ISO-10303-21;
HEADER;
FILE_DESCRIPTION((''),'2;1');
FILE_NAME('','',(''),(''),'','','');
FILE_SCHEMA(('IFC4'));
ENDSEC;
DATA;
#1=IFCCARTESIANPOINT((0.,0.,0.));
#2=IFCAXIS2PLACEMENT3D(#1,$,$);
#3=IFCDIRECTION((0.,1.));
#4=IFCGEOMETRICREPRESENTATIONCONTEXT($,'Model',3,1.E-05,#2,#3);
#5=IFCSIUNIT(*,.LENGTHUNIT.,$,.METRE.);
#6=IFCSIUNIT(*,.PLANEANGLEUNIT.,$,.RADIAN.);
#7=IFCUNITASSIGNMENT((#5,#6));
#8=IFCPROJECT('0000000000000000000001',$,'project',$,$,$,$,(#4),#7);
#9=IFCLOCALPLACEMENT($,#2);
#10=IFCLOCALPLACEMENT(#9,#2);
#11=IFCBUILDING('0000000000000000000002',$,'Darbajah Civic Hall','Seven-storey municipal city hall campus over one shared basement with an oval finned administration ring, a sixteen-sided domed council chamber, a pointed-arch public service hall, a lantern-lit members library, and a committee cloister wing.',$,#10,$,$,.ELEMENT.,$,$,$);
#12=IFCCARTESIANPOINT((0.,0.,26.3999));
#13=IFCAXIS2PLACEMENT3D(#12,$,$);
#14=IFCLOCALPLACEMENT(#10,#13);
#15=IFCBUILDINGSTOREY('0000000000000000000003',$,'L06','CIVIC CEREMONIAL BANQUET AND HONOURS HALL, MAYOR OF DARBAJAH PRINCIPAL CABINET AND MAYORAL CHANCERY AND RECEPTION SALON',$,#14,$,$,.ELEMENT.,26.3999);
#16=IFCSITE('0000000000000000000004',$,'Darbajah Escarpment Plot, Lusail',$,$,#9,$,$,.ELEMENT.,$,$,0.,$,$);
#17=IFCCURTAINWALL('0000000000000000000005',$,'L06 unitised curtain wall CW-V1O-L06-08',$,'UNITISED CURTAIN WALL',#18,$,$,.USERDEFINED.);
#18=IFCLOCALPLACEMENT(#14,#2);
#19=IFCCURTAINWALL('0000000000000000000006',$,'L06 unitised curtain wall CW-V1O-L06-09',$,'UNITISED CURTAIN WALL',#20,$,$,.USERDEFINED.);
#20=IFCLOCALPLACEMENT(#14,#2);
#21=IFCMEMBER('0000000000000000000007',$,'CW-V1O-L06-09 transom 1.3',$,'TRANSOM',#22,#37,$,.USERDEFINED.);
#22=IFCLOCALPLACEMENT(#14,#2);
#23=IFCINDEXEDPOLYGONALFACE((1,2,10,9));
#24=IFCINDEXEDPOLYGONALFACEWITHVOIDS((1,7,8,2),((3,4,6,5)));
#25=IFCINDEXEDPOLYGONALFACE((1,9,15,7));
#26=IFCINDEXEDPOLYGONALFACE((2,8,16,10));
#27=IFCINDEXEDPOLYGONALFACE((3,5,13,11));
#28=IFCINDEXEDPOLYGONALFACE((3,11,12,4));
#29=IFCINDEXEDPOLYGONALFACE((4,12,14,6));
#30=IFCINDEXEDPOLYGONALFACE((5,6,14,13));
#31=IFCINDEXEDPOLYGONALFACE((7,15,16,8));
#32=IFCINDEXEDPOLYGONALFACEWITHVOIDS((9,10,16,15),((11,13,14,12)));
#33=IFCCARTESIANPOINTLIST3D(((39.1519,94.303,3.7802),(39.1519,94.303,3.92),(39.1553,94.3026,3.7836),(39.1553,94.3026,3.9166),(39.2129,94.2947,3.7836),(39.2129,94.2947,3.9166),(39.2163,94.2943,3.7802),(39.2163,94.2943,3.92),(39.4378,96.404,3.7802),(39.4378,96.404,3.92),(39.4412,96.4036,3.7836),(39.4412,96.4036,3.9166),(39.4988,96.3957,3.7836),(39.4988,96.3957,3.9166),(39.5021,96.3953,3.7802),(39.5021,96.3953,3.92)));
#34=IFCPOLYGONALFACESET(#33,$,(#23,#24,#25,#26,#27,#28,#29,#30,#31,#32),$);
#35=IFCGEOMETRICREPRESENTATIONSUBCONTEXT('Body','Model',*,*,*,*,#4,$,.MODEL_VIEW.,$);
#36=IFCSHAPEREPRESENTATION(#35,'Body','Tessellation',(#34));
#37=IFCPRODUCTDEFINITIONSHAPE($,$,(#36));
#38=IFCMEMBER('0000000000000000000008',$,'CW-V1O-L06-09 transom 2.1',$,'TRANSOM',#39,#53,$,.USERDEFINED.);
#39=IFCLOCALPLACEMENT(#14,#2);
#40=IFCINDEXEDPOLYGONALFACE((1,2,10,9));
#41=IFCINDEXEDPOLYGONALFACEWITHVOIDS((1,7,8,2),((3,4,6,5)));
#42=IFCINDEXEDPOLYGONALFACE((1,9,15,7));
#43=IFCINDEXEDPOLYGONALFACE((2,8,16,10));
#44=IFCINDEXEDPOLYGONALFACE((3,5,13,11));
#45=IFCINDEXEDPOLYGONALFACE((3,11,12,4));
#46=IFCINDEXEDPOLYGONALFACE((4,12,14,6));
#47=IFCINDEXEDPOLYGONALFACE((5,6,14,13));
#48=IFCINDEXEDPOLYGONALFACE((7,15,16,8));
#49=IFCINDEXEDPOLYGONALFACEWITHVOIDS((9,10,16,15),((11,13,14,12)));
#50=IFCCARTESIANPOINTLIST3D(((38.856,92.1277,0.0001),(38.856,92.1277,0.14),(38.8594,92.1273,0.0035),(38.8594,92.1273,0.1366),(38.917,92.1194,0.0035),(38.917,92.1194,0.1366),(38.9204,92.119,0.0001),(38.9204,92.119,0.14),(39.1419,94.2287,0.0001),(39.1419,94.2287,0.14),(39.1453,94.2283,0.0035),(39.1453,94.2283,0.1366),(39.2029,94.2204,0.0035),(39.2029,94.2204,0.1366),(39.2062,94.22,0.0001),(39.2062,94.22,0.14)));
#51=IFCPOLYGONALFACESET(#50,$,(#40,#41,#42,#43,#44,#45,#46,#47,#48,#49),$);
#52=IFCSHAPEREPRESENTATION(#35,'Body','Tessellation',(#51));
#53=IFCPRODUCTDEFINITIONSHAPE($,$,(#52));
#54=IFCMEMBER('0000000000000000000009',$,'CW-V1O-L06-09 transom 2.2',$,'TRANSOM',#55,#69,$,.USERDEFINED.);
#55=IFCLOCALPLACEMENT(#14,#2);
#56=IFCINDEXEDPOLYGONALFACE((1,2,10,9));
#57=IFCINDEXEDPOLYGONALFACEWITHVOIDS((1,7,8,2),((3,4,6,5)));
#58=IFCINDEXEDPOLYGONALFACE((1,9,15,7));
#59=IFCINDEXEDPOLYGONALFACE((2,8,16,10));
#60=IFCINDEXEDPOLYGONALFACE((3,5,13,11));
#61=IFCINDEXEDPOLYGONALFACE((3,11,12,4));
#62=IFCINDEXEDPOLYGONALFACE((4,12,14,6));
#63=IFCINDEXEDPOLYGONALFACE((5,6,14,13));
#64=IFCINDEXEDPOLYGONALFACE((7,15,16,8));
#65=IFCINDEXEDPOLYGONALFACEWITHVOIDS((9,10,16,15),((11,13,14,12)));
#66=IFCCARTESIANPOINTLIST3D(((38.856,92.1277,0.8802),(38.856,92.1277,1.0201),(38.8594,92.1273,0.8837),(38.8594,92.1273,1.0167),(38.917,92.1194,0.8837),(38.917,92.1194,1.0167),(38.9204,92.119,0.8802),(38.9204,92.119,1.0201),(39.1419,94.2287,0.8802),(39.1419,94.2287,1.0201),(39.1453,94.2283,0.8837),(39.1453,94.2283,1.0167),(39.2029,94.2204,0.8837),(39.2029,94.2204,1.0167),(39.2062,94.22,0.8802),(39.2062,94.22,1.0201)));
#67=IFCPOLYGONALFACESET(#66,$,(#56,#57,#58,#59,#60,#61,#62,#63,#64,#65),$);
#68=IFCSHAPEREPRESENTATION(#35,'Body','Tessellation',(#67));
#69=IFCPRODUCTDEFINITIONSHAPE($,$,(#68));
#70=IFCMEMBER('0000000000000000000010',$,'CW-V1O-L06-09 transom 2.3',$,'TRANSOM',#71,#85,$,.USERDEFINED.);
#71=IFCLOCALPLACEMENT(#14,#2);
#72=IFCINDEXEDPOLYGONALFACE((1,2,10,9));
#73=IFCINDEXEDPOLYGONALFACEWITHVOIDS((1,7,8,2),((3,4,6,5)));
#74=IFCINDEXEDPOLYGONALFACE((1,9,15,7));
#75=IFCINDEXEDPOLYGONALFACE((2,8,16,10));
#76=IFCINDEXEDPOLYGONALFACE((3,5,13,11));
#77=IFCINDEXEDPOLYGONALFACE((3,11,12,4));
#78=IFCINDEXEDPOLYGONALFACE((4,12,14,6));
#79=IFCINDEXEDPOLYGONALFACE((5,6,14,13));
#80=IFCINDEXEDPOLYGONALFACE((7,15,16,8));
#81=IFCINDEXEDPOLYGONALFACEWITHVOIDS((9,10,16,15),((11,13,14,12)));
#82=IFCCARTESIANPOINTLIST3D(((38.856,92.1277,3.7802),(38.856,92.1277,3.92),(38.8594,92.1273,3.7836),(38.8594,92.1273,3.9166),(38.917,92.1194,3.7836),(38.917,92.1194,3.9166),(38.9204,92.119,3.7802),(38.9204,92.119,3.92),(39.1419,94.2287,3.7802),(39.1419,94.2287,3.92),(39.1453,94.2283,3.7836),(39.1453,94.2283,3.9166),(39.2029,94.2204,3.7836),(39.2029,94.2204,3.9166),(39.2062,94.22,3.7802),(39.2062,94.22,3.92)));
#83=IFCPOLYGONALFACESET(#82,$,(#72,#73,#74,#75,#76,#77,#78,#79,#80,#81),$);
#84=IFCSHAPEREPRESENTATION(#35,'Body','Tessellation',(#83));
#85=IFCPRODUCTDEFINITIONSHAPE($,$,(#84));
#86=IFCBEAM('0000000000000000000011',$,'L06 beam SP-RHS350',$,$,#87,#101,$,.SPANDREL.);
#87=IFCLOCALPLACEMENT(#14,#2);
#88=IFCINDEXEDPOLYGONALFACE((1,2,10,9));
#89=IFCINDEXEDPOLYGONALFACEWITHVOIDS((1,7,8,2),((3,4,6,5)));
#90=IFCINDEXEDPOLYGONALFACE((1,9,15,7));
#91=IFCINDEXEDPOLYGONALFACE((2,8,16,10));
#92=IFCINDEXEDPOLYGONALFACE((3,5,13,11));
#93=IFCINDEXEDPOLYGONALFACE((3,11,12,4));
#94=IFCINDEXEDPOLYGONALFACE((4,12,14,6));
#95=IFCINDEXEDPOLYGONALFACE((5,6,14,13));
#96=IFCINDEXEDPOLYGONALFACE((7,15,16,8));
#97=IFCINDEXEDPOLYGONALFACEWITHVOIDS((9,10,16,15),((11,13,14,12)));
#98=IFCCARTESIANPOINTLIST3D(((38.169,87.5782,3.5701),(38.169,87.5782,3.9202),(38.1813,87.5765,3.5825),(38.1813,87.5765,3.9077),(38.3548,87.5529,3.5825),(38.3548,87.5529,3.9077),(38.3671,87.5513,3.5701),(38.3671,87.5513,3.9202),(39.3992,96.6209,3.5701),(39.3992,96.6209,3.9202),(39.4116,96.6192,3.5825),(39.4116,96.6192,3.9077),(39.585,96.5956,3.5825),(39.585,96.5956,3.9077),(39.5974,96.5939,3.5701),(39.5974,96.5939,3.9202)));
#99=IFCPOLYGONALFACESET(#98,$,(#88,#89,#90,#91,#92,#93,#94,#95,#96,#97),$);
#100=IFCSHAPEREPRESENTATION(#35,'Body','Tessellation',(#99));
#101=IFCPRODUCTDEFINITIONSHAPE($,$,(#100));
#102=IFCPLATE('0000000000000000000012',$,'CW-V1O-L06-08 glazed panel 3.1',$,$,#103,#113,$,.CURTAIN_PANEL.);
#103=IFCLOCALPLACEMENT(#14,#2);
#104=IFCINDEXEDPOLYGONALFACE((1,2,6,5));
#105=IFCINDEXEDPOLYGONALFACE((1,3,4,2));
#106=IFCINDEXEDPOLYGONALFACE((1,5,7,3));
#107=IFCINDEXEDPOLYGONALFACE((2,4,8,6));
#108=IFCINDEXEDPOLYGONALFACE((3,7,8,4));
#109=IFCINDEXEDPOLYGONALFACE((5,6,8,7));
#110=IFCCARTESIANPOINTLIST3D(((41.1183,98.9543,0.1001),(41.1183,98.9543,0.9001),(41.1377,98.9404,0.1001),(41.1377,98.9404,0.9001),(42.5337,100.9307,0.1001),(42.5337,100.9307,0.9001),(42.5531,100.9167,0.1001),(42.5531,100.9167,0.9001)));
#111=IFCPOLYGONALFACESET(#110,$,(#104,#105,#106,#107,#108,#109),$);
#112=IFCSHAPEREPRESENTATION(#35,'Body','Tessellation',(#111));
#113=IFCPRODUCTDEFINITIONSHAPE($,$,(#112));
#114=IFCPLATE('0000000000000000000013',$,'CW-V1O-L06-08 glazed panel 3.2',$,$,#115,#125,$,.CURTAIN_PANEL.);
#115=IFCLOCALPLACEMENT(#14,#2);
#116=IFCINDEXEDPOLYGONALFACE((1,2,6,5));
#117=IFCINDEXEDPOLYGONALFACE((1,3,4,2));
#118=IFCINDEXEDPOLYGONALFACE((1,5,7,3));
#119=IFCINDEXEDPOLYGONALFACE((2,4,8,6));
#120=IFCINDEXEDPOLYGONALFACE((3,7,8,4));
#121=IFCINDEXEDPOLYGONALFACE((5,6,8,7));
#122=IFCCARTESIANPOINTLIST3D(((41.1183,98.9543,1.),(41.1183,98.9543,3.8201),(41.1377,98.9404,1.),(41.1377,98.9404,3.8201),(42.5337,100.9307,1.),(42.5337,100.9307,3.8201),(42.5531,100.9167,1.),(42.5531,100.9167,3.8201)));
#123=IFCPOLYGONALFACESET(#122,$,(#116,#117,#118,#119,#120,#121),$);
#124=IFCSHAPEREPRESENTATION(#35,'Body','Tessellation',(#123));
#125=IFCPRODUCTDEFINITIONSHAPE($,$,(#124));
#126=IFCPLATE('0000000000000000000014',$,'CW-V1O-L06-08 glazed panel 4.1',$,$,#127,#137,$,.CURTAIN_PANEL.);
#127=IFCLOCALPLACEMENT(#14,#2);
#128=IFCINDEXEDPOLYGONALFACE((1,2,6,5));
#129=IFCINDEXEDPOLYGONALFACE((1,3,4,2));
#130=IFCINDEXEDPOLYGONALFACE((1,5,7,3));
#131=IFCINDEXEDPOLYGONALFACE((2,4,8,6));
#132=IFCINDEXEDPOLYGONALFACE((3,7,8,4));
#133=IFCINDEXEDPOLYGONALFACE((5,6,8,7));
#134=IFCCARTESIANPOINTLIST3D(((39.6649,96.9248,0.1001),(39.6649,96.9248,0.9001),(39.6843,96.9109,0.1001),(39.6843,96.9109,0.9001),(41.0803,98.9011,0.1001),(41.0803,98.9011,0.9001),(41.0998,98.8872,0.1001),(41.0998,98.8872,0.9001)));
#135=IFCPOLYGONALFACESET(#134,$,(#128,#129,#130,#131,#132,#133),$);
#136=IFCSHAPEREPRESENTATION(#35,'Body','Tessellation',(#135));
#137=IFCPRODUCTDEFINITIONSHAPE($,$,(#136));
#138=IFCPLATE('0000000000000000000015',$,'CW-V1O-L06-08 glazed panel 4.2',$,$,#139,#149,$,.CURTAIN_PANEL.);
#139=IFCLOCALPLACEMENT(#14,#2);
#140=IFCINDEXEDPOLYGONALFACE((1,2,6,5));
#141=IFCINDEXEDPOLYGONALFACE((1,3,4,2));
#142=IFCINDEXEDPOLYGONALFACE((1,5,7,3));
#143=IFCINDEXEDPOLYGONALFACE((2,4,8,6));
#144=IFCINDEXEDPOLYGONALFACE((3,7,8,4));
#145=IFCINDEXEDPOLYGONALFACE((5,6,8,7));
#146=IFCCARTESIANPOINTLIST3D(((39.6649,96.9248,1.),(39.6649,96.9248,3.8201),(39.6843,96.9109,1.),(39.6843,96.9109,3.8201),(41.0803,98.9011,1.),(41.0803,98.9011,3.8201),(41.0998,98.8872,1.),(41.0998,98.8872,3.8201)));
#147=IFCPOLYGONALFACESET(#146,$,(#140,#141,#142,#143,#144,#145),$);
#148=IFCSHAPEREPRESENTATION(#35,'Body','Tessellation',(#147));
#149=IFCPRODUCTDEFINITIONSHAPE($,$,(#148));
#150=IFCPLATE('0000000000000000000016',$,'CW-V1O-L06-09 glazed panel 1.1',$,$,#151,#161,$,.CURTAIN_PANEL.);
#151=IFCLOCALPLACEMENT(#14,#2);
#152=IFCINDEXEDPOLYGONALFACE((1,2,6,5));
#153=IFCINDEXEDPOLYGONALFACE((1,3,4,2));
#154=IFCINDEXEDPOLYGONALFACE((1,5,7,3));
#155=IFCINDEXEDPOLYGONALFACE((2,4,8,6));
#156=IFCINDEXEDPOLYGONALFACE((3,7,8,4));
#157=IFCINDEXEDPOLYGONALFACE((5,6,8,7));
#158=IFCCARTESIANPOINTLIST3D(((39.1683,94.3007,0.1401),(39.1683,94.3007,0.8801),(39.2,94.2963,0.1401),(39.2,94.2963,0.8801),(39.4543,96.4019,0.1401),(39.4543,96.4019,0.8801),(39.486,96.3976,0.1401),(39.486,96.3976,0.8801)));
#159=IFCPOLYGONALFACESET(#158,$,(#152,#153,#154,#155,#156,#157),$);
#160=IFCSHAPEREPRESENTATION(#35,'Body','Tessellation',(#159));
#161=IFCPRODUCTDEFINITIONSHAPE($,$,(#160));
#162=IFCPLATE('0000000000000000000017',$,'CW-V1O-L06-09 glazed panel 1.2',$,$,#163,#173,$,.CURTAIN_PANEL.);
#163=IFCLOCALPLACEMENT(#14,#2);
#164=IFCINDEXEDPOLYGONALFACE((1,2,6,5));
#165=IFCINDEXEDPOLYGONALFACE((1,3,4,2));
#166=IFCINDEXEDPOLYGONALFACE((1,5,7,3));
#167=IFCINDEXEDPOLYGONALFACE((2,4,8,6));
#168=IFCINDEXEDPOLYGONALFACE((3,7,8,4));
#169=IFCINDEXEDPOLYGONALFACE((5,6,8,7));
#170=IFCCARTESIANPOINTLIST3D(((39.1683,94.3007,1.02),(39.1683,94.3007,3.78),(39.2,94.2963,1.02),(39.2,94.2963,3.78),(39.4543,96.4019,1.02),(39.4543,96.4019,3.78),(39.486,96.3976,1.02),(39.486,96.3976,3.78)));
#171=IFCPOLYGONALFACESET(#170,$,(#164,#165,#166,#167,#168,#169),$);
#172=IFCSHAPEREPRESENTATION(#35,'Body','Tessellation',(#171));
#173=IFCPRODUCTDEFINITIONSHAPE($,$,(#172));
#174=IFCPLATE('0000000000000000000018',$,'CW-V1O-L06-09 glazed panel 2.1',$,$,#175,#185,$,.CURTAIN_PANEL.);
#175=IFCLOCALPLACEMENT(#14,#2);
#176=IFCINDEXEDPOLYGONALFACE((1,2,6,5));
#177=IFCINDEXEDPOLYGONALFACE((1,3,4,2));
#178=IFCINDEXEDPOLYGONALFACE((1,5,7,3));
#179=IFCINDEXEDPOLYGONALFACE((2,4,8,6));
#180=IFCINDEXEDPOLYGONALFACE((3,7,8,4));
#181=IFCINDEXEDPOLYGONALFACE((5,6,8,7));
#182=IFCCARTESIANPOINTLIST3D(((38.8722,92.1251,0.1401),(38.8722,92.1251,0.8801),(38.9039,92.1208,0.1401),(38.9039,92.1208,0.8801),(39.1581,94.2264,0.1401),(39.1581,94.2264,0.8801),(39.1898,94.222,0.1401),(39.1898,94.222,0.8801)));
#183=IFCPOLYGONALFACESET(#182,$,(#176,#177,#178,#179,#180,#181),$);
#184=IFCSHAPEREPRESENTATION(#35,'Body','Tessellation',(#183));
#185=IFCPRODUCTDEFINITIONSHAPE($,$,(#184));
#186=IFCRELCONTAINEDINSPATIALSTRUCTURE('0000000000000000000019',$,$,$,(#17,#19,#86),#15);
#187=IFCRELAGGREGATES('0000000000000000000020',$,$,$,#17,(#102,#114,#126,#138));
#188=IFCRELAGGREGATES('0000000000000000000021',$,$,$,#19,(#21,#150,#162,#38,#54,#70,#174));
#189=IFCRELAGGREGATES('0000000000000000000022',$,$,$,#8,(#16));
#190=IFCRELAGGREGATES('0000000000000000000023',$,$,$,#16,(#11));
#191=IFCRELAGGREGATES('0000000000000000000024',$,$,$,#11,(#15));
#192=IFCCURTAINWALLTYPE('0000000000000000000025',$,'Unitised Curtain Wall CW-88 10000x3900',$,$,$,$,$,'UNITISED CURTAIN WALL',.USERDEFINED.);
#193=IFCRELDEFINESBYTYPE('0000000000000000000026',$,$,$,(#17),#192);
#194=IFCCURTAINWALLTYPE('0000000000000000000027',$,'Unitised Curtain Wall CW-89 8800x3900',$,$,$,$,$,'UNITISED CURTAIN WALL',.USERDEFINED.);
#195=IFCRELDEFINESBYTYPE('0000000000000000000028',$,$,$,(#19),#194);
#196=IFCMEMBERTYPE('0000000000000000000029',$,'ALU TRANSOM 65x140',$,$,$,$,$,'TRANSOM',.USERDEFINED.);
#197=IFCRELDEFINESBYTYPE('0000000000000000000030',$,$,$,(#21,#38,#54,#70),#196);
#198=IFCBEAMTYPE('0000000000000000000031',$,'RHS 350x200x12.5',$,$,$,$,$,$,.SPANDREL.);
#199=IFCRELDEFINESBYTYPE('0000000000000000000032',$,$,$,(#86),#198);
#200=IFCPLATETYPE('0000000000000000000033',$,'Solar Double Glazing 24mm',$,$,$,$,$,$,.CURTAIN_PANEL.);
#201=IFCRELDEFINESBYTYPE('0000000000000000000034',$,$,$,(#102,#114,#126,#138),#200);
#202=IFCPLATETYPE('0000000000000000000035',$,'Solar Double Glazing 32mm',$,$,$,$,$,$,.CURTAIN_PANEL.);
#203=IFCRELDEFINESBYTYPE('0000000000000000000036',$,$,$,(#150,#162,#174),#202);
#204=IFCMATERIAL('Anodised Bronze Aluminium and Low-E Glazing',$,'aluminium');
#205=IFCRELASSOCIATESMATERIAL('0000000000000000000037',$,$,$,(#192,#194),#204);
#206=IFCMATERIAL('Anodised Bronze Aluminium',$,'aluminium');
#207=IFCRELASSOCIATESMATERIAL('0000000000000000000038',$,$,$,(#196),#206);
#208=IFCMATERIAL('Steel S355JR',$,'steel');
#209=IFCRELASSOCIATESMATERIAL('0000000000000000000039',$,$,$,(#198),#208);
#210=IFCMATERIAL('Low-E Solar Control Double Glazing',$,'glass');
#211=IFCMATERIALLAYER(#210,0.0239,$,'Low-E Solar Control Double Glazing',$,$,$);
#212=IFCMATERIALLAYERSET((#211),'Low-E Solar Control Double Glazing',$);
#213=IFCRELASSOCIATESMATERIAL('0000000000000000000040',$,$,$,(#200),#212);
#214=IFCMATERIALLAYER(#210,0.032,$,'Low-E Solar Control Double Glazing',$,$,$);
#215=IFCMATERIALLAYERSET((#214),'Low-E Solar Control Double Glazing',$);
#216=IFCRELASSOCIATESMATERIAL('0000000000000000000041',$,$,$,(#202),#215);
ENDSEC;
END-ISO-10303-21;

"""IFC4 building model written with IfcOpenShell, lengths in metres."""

from ifc_helpers import new_model, si_unit, direction, frame, origin, origin_2d, place, context, subcontext, project, spatial, rectangle, hollow_rectangle, extrude, material, layer, layer_set, material_profile, profile_set, type_object, element, aggregate, save


model = new_model("IFC4")

# Units and contexts
model_context = context("Model", 3, precision=1e-05, world=origin(), true_north=direction((0.0, 1.0)))
body_context = subcontext(model_context, "Body", "Model", "MODEL_VIEW")
ifc_project = project(units=[si_unit("LENGTHUNIT", "METRE"), si_unit("PLANEANGLEUNIT", "RADIAN")], contexts=[model_context])

# Site, building, storey
site_placement = place(None, origin())
site = spatial("IfcSite", under=ifc_project, at=site_placement, Name="Darbajah Escarpment Plot, Lusail", CompositionType="ELEMENT", RefElevation=0.0)
building_placement = place(site_placement, origin())
building = spatial("IfcBuilding", under=site, at=building_placement, Name="Darbajah Civic Hall", Description="Seven-storey municipal city hall campus over one shared basement with an oval finned administration ring, a sixteen-sided domed council chamber, a pointed-arch public service hall, a lantern-lit members library, and a committee cloister wing.", CompositionType="ELEMENT")
storey_placement = place(building_placement, frame((0.0, 0.0, 26.3999)))
storey = spatial("IfcBuildingStorey", under=building, at=storey_placement, Name="L06", Description="CIVIC CEREMONIAL BANQUET AND HONOURS HALL, MAYOR OF DARBAJAH PRINCIPAL CABINET AND MAYORAL CHANCERY AND RECEPTION SALON", CompositionType="ELEMENT", Elevation=26.3999)

# Curtain walls
ifc_material_1 = material(Name="Anodised Bronze Aluminium and Low-E Glazing", Category="aluminium")
curtain_wall_type_1 = type_object("IfcCurtainWallType", Name="Unitised Curtain Wall CW-88 10000x3900", ElementType="UNITISED CURTAIN WALL", PredefinedType="USERDEFINED", material=ifc_material_1)
curtain_wall_1_placement = place(storey_placement, origin())
curtain_wall_1 = element("IfcCurtainWall", 1, at=curtain_wall_1_placement, inside=storey, type_object=curtain_wall_type_1, Name="L06 unitised curtain wall CW-V1O-L06-08", ObjectType="UNITISED CURTAIN WALL", PredefinedType="USERDEFINED")
ifc_material_2 = material(Name="Anodised Bronze Aluminium", Category="aluminium")
curtain_wall_type_2 = type_object("IfcCurtainWallType", Name="Unitised Curtain Wall CW-89 8800x3900", ElementType="UNITISED CURTAIN WALL", PredefinedType="USERDEFINED", material=ifc_material_1)
curtain_wall_2_placement = place(storey_placement, origin())
curtain_wall_2 = element("IfcCurtainWall", 2, at=curtain_wall_2_placement, inside=storey, type_object=curtain_wall_type_2, Name="L06 unitised curtain wall CW-V1O-L06-09", ObjectType="UNITISED CURTAIN WALL", PredefinedType="USERDEFINED")

# Members
ifc_material_profile_1 = material_profile(ifc_material_2, hollow_rectangle(XDim=0.0649, YDim=0.1399, WallThickness=0.0034, at=origin_2d()), Name="ALU TRANSOM 65x140")
ifc_profile_set_1 = profile_set([ifc_material_profile_1], Name="Anodised Bronze Aluminium")
member_type_1 = type_object("IfcMemberType", Name="ALU TRANSOM 65x140", ElementType="TRANSOM", PredefinedType="USERDEFINED", material=ifc_profile_set_1)
member_1_placement = place(storey_placement, frame((39.47, 96.3997, 3.8501), z_axis=(-0.134825, -0.990869, 0.0), x_axis=(0.990869, -0.134825, 0.0)))
member_1 = element("IfcMember", 3, at=member_1_placement, type_object=member_type_1, Name="CW-V1O-L06-09 transom 1.3", ObjectType="TRANSOM", PredefinedType="USERDEFINED", context=body_context, shape_type="SweptSolid", body=[
    extrude(hollow_rectangle(XDim=0.0649, YDim=0.1399, WallThickness=0.0034, at=origin_2d()), origin(), (0.0, 0.0, 1.0), 2.1204),
])
member_2_placement = place(storey_placement, frame((39.1741, 94.2244, 0.0701), z_axis=(-0.134825, -0.990869, 0.0), x_axis=(0.990869, -0.134825, 0.0)))
member_2 = element("IfcMember", 4, at=member_2_placement, type_object=member_type_1, Name="CW-V1O-L06-09 transom 2.1", ObjectType="TRANSOM", PredefinedType="USERDEFINED", context=body_context, shape_type="SweptSolid", body=[
    extrude(hollow_rectangle(XDim=0.0649, YDim=0.1399, WallThickness=0.0034, at=origin_2d()), origin(), (0.0, 0.0, 1.0), 2.1204),
])
member_3_placement = place(storey_placement, frame((39.1741, 94.2244, 0.9502), z_axis=(-0.134825, -0.990869, 0.0), x_axis=(0.990869, -0.134825, 0.0)))
member_3 = element("IfcMember", 5, at=member_3_placement, type_object=member_type_1, Name="CW-V1O-L06-09 transom 2.2", ObjectType="TRANSOM", PredefinedType="USERDEFINED", context=body_context, shape_type="SweptSolid", body=[
    extrude(hollow_rectangle(XDim=0.0649, YDim=0.1399, WallThickness=0.0034, at=origin_2d()), origin(), (0.0, 0.0, 1.0), 2.1204),
])
member_4_placement = place(storey_placement, frame((39.1741, 94.2244, 3.8501), z_axis=(-0.134825, -0.990869, 0.0), x_axis=(0.990869, -0.134825, 0.0)))
member_4 = element("IfcMember", 6, at=member_4_placement, type_object=member_type_1, Name="CW-V1O-L06-09 transom 2.3", ObjectType="TRANSOM", PredefinedType="USERDEFINED", context=body_context, shape_type="SweptSolid", body=[
    extrude(hollow_rectangle(XDim=0.0649, YDim=0.1399, WallThickness=0.0034, at=origin_2d()), origin(), (0.0, 0.0, 1.0), 2.1204),
])

# Beam
ifc_material_3 = material(Name="Steel S355JR", Category="steel")
ifc_material_profile_2 = material_profile(ifc_material_3, hollow_rectangle(XDim=0.2, YDim=0.3501, WallThickness=0.0125, at=origin_2d()), Name="RHS 350x200x12.5")
ifc_profile_set_2 = profile_set([ifc_material_profile_2], Name="Steel S355JR")
beam_type = type_object("IfcBeamType", Name="RHS 350x200x12.5", PredefinedType="SPANDREL", material=ifc_profile_set_2)
beam_placement = place(storey_placement, frame((39.4983, 96.6074, 3.7451), z_axis=(-0.134804, -0.990872, 0.0), x_axis=(0.990872, -0.134804, 0.0)))
element("IfcBeam", 7, at=beam_placement, inside=storey, type_object=beam_type, Name="L06 beam SP-RHS350", PredefinedType="SPANDREL", context=body_context, shape_type="SweptSolid", body=[
    extrude(hollow_rectangle(XDim=0.2, YDim=0.3501, WallThickness=0.0125, at=origin_2d()), origin(), (0.0, 0.0, 1.0), 9.126),
])

# Plates
ifc_material_4 = material(Name="Low-E Solar Control Double Glazing", Category="glass")
ifc_layer_1 = layer(ifc_material_4, 0.0239, Name="Low-E Solar Control Double Glazing")
ifc_layer_set_1 = layer_set([ifc_layer_1], Name="Low-E Solar Control Double Glazing")
plate_type_1 = type_object("IfcPlateType", Name="Solar Double Glazing 24mm", PredefinedType="CURTAIN_PANEL", material=ifc_layer_set_1)
plate_1_placement = place(storey_placement, frame((41.8357, 99.9355, 0.1001), z_axis=(0.0, 0.0, 1.0), x_axis=(-0.582265, -0.812999, 0.0)))
plate_1 = element("IfcPlate", 8, at=plate_1_placement, type_object=plate_type_1, Name="CW-V1O-L06-08 glazed panel 3.1", PredefinedType="CURTAIN_PANEL", context=body_context, shape_type="SweptSolid", body=[
    extrude(rectangle(XDim=2.4309, YDim=0.0239, at=origin_2d()), origin(), (0.0, 0.0, 1.0), 0.8),
])
plate_2_placement = place(storey_placement, frame((41.8357, 99.9355, 1.0), z_axis=(0.0, 0.0, 1.0), x_axis=(-0.582265, -0.812999, 0.0)))
plate_2 = element("IfcPlate", 9, at=plate_2_placement, type_object=plate_type_1, Name="CW-V1O-L06-08 glazed panel 3.2", PredefinedType="CURTAIN_PANEL", context=body_context, shape_type="SweptSolid", body=[
    extrude(rectangle(XDim=2.4309, YDim=0.0239, at=origin_2d()), origin(), (0.0, 0.0, 1.0), 2.8201),
])
plate_3_placement = place(storey_placement, frame((40.3823, 97.906, 0.1001), z_axis=(0.0, 0.0, 1.0), x_axis=(-0.582265, -0.812999, 0.0)))
plate_3 = element("IfcPlate", 10, at=plate_3_placement, type_object=plate_type_1, Name="CW-V1O-L06-08 glazed panel 4.1", PredefinedType="CURTAIN_PANEL", context=body_context, shape_type="SweptSolid", body=[
    extrude(rectangle(XDim=2.4309, YDim=0.0239, at=origin_2d()), origin(), (0.0, 0.0, 1.0), 0.8),
])
plate_4_placement = place(storey_placement, frame((40.3823, 97.906, 1.0), z_axis=(0.0, 0.0, 1.0), x_axis=(-0.582265, -0.812999, 0.0)))
plate_4 = element("IfcPlate", 11, at=plate_4_placement, type_object=plate_type_1, Name="CW-V1O-L06-08 glazed panel 4.2", PredefinedType="CURTAIN_PANEL", context=body_context, shape_type="SweptSolid", body=[
    extrude(rectangle(XDim=2.4309, YDim=0.0239, at=origin_2d()), origin(), (0.0, 0.0, 1.0), 2.8201),
])
aggregate(curtain_wall_1, [plate_1, plate_2, plate_3, plate_4])
ifc_layer_2 = layer(ifc_material_4, 0.032, Name="Low-E Solar Control Double Glazing")
ifc_layer_set_2 = layer_set([ifc_layer_2], Name="Low-E Solar Control Double Glazing")
plate_type_2 = type_object("IfcPlateType", Name="Solar Double Glazing 32mm", PredefinedType="CURTAIN_PANEL", material=ifc_layer_set_2)
plate_5_placement = place(storey_placement, frame((39.3271, 95.3491, 0.1401), z_axis=(0.0, 0.0, 1.0), x_axis=(-0.134851, -0.990866, 0.0)))
plate_5 = element("IfcPlate", 12, at=plate_5_placement, type_object=plate_type_2, Name="CW-V1O-L06-09 glazed panel 1.1", PredefinedType="CURTAIN_PANEL", context=body_context, shape_type="SweptSolid", body=[
    extrude(rectangle(XDim=2.1206, YDim=0.032, at=origin_2d()), origin(), (0.0, 0.0, 1.0), 0.74),
])
plate_6_placement = place(storey_placement, frame((39.3271, 95.3491, 1.02), z_axis=(0.0, 0.0, 1.0), x_axis=(-0.134851, -0.990866, 0.0)))
plate_6 = element("IfcPlate", 13, at=plate_6_placement, type_object=plate_type_2, Name="CW-V1O-L06-09 glazed panel 1.2", PredefinedType="CURTAIN_PANEL", context=body_context, shape_type="SweptSolid", body=[
    extrude(rectangle(XDim=2.1206, YDim=0.032, at=origin_2d()), origin(), (0.0, 0.0, 1.0), 2.76),
])
plate_7_placement = place(storey_placement, frame((39.031, 93.1736, 0.1401), z_axis=(0.0, 0.0, 1.0), x_axis=(-0.134851, -0.990866, 0.0)))
plate_7 = element("IfcPlate", 14, at=plate_7_placement, type_object=plate_type_2, Name="CW-V1O-L06-09 glazed panel 2.1", PredefinedType="CURTAIN_PANEL", context=body_context, shape_type="SweptSolid", body=[
    extrude(rectangle(XDim=2.1206, YDim=0.032, at=origin_2d()), origin(), (0.0, 0.0, 1.0), 0.74),
])
aggregate(curtain_wall_2, [member_1, plate_5, plate_6, member_2, member_3, member_4, plate_7])

save(model, "model.ifc")
